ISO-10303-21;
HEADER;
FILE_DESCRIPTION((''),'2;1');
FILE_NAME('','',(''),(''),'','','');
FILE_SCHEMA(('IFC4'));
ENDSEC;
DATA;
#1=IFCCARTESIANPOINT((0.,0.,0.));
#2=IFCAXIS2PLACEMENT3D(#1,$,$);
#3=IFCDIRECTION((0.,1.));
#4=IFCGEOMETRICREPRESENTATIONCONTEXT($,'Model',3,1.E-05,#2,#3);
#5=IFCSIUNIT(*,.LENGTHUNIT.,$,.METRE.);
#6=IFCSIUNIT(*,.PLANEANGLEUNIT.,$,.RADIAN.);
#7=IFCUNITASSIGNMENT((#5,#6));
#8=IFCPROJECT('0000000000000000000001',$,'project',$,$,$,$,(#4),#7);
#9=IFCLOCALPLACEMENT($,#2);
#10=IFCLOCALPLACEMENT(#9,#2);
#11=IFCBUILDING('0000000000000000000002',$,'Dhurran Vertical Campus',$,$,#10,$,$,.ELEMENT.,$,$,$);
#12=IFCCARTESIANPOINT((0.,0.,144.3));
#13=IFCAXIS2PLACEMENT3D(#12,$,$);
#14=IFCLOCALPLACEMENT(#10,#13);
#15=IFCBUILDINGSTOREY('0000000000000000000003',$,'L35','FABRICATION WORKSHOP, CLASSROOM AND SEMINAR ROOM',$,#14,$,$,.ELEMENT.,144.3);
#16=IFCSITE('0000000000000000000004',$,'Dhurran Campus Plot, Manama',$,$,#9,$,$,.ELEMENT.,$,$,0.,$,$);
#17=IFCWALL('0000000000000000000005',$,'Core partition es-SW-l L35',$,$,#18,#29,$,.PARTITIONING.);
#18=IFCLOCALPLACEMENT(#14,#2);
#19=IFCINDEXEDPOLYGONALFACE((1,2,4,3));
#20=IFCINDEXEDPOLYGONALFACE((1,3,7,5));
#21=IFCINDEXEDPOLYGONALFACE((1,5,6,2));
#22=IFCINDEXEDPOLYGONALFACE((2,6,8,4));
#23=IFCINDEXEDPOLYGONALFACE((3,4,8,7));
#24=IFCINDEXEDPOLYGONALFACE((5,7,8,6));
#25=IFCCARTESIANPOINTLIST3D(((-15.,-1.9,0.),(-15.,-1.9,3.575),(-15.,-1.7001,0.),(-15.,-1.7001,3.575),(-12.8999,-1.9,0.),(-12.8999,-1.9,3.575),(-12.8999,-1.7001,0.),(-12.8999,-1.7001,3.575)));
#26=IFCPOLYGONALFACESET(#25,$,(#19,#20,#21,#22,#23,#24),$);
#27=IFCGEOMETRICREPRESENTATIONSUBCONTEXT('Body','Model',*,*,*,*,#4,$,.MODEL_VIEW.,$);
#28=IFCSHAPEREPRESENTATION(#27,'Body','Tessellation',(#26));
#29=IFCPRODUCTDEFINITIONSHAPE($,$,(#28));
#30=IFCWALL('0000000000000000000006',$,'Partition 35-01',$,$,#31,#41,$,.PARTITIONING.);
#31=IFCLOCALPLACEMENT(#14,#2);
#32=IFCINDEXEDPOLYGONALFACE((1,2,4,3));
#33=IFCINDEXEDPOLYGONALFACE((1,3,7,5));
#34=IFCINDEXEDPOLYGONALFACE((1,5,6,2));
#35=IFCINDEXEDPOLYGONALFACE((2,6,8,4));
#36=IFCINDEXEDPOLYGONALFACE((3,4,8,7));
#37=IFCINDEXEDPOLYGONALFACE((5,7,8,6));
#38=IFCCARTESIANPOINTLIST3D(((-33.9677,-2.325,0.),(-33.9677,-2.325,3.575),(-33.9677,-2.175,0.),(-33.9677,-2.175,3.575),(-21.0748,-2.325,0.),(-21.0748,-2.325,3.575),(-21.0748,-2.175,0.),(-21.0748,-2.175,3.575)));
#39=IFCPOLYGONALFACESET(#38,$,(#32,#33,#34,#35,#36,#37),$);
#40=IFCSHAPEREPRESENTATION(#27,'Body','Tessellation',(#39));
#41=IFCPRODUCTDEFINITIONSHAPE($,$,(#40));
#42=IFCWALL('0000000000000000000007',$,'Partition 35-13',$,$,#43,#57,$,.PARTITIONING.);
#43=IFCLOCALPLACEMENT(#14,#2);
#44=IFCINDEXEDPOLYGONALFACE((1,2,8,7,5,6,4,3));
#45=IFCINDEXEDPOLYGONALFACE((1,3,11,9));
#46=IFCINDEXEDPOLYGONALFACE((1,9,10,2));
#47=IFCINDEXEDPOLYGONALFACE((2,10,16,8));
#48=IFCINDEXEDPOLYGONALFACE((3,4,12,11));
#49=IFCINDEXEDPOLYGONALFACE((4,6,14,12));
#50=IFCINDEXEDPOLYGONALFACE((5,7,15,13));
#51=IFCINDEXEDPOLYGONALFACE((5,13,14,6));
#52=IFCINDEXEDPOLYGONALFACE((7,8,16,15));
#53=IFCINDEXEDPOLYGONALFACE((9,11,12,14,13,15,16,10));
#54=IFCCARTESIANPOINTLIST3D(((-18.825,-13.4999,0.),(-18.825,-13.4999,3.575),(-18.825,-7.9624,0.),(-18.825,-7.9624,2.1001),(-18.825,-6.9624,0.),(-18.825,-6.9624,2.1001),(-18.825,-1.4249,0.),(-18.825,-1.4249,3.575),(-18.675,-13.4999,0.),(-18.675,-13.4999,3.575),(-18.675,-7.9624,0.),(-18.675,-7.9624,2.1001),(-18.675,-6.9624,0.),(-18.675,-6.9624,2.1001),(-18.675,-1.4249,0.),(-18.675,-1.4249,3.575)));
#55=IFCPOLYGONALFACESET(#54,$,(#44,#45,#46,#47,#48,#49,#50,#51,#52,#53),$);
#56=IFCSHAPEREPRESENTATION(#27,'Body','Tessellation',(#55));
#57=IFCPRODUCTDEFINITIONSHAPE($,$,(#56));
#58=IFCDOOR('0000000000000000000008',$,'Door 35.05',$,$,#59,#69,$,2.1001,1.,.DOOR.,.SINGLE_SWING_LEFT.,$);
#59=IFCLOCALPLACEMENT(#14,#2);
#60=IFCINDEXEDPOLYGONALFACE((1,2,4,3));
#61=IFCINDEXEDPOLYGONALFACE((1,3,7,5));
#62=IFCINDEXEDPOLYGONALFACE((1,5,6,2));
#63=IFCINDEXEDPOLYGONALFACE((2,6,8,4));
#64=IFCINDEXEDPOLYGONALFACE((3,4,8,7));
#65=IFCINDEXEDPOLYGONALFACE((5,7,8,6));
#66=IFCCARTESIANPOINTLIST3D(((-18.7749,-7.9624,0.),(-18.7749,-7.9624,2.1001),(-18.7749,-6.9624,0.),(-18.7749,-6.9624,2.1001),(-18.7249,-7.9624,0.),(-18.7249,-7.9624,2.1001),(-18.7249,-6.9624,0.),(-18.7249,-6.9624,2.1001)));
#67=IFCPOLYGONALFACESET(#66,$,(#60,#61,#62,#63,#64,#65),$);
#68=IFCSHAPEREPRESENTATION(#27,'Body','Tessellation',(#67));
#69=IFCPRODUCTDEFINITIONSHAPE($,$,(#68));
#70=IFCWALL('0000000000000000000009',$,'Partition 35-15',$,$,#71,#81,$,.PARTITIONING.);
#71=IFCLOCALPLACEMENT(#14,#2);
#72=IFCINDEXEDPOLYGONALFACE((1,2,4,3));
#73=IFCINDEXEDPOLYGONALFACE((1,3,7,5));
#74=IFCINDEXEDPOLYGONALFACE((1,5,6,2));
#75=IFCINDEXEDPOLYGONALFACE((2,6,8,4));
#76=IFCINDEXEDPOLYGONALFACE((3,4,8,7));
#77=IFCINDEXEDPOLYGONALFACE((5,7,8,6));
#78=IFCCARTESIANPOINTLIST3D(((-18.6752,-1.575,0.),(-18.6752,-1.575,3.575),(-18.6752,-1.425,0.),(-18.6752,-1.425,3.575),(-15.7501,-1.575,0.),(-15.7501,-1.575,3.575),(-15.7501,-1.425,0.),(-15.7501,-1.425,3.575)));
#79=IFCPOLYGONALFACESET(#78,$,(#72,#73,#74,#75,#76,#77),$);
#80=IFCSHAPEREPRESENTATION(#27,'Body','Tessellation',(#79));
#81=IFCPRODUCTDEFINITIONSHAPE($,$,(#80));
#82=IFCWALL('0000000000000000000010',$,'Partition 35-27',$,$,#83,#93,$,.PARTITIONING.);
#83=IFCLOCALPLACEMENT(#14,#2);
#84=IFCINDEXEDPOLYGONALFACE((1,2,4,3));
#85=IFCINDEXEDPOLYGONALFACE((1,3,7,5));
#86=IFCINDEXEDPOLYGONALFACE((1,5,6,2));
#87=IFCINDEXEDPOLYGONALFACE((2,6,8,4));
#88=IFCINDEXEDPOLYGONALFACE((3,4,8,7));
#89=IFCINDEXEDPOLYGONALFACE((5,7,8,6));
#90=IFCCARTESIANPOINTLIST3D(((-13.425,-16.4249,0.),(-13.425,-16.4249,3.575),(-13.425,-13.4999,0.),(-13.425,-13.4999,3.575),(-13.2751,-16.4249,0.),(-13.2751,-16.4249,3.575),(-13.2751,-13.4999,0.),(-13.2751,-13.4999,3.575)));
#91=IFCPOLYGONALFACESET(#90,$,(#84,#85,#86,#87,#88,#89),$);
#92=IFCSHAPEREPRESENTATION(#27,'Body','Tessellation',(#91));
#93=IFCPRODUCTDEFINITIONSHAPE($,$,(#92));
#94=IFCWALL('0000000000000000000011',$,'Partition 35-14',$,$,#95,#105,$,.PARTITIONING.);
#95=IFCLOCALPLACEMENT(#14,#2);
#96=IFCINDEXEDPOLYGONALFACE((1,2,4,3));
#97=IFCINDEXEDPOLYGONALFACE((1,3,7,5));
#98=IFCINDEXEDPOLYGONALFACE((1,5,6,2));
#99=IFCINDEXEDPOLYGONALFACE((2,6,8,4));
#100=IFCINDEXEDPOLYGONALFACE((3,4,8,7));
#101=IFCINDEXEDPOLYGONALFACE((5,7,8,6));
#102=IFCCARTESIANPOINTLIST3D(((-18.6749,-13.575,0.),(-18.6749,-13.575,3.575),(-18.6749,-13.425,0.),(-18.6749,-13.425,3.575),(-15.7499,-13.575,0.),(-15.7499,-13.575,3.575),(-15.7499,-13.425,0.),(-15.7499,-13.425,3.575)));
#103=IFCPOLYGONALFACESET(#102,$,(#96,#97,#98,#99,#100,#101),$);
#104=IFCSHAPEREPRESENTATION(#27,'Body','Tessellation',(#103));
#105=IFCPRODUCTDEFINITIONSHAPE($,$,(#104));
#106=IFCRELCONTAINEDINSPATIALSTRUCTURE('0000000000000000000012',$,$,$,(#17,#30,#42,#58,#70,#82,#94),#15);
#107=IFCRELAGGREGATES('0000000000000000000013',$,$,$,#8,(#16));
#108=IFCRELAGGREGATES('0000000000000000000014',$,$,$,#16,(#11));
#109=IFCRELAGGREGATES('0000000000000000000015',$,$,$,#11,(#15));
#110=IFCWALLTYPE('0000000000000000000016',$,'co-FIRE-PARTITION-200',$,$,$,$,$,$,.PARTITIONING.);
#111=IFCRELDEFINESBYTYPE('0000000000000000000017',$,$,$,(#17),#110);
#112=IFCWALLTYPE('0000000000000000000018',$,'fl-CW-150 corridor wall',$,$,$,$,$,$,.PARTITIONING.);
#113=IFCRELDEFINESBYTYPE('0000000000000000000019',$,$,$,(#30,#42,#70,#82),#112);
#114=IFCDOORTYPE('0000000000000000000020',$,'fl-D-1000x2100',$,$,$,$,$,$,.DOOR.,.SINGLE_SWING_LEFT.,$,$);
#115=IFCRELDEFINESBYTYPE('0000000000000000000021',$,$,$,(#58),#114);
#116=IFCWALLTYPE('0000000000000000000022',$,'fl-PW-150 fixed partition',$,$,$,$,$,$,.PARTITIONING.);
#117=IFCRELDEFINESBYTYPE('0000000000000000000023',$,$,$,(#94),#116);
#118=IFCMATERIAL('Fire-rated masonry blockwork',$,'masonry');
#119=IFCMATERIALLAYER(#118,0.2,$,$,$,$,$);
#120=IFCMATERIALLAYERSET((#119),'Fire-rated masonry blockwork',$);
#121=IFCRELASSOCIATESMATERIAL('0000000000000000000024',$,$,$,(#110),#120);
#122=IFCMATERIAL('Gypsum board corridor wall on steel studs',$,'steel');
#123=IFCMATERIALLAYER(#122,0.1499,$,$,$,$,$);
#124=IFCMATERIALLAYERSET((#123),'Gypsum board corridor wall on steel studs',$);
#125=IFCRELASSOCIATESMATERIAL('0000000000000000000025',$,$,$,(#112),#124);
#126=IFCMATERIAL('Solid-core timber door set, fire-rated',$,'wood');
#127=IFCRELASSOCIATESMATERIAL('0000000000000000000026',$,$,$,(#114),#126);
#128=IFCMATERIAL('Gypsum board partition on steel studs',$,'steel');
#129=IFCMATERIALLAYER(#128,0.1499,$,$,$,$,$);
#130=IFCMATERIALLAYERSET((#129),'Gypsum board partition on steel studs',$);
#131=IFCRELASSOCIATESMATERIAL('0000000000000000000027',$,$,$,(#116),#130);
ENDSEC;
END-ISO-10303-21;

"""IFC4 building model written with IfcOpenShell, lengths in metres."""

from ifc_helpers import new_model, si_unit, direction, frame, frame_2d, origin, place, context, subcontext, project, spatial, rectangle, extrude, material, layer, layer_set, type_object, element, fill, save


model = new_model("IFC4")

# Units and contexts
model_context = context("Model", 3, precision=1e-05, world=origin(), true_north=direction((0.0, 1.0)))
body_context = subcontext(model_context, "Body", "Model", "MODEL_VIEW")
ifc_project = project(units=[si_unit("LENGTHUNIT", "METRE"), si_unit("PLANEANGLEUNIT", "RADIAN")], contexts=[model_context])

# Site, building, storey
site_placement = place(None, origin())
site = spatial("IfcSite", under=ifc_project, at=site_placement, Name="Dhurran Campus Plot, Manama", CompositionType="ELEMENT", RefElevation=0.0)
building_placement = place(site_placement, origin())
building = spatial("IfcBuilding", under=site, at=building_placement, Name="Dhurran Vertical Campus", CompositionType="ELEMENT")
storey_placement = place(building_placement, frame((0.0, 0.0, 144.3)))
storey = spatial("IfcBuildingStorey", under=building, at=storey_placement, Name="L35", Description="FABRICATION WORKSHOP, CLASSROOM AND SEMINAR ROOM", CompositionType="ELEMENT", Elevation=144.3)

# Shared definitions
ifc_material_1 = material(Name="Fire-rated masonry blockwork", Category="masonry")
ifc_layer_1 = layer(ifc_material_1, 0.2)
ifc_layer_set_1 = layer_set([ifc_layer_1], Name="Fire-rated masonry blockwork")
wall_type_1 = type_object("IfcWallType", Name="co-FIRE-PARTITION-200", PredefinedType="PARTITIONING", material=ifc_layer_set_1)

# Walls
wall_1_placement = place(storey_placement, frame((-15.0, -1.8, 0.0), z_axis=(0.0, 0.0, 1.0), x_axis=(1.0, 0.0, 0.0)))
element("IfcWall", 1, at=wall_1_placement, inside=storey, type_object=wall_type_1, Name="Core partition es-SW-l L35", PredefinedType="PARTITIONING", context=body_context, shape_type="SweptSolid", body=[
    extrude(rectangle(XDim=2.1001, YDim=0.2, at=frame_2d((1.05, 0.0))), origin(), (0.0, 0.0, 1.0), 3.575),
])
ifc_material_2 = material(Name="Gypsum board corridor wall on steel studs", Category="steel")
ifc_layer_2 = layer(ifc_material_2, 0.1499)
ifc_layer_set_2 = layer_set([ifc_layer_2], Name="Gypsum board corridor wall on steel studs")
wall_type_2 = type_object("IfcWallType", Name="fl-CW-150 corridor wall", PredefinedType="PARTITIONING", material=ifc_layer_set_2)
wall_2_placement = place(storey_placement, frame((-21.075, -2.25, 0.0), z_axis=(0.0, 0.0, 1.0), x_axis=(-1.0, 0.0, 0.0)))
element("IfcWall", 2, at=wall_2_placement, inside=storey, type_object=wall_type_2, Name="Partition 35-01", PredefinedType="PARTITIONING", context=body_context, shape_type="SweptSolid", body=[
    extrude(rectangle(XDim=12.8928, YDim=0.1499, at=frame_2d((6.4463, 0.0))), origin(), (0.0, 0.0, 1.0), 3.575),
])

# Wall, opening, door
wall_3_placement = place(storey_placement, frame((-18.75, -13.5, 0.0), z_axis=(0.0, 0.0, 1.0), x_axis=(0.0, 1.0, 0.0)))
wall_3 = element("IfcWall", 3, at=wall_3_placement, inside=storey, type_object=wall_type_2, Name="Partition 35-13", PredefinedType="PARTITIONING", context=body_context, shape_type="SweptSolid", body=[
    extrude(rectangle(XDim=12.075, YDim=0.1499, at=frame_2d((6.0376, 0.0))), origin(), (0.0, 0.0, 1.0), 3.575),
])
opening_1_placement = place(wall_3_placement, frame((5.5376, 0.0, 0.0)))
opening_1 = element("IfcOpeningElement", 4, at=opening_1_placement, cuts=wall_3, PredefinedType="OPENING", context=body_context, shape_type="SweptSolid", body=[
    extrude(rectangle(XDim=1.0, YDim=2.1001, at=frame_2d((0.5, 1.05))), frame((0.0, 0.085, 0.0), z_axis=(0.0, -1.0, 0.0), x_axis=(1.0, 0.0, 0.0)), (0.0, 0.0, 1.0), 0.1699),
])
ifc_material_3 = material(Name="Solid-core timber door set, fire-rated", Category="wood")
door_type_1 = type_object("IfcDoorType", Name="fl-D-1000x2100", OperationType="SINGLE_SWING_LEFT", PredefinedType="DOOR", material=ifc_material_3)
door_1_placement = place(opening_1_placement, origin())
door_1 = element("IfcDoor", 5, at=door_1_placement, inside=storey, type_object=door_type_1, Name="Door 35.05", OperationType="SINGLE_SWING_LEFT", OverallHeight=2.1001, OverallWidth=1.0, PredefinedType="DOOR", context=body_context, shape_type="SweptSolid", body=[
    extrude(rectangle(XDim=1.0, YDim=2.1001, at=frame_2d((0.5, 1.05))), frame((0.0, 0.0249, 0.0), z_axis=(0.0, -1.0, 0.0), x_axis=(1.0, 0.0, 0.0)), (0.0, 0.0, 1.0), 0.05),
])
fill(opening_1, door_1)

# Walls
for number, where, z_axis, x_axis, name in (
    (6, (-18.675, -1.5, 0.0), (0.0, 0.0, 1.0), (1.0, 0.0, 0.0), "Partition 35-15"),
    (7, (-13.3501, -13.5, 0.0), (0.0, 0.0, 1.0), (0.0, -1.0, 0.0), "Partition 35-27"),
):
    element("IfcWall", number, at=place(storey_placement, frame(where, z_axis=z_axis, x_axis=x_axis)), inside=storey, type_object=wall_type_2, Name=name, PredefinedType="PARTITIONING", context=body_context, shape_type="SweptSolid", body=[
        extrude(rectangle(XDim=2.925, YDim=0.1499, at=frame_2d((1.4624, 0.0))), origin(), (0.0, 0.0, 1.0), 3.575),
    ])
ifc_material_4 = material(Name="Gypsum board partition on steel studs", Category="steel")
ifc_layer_3 = layer(ifc_material_4, 0.1499)
ifc_layer_set_3 = layer_set([ifc_layer_3], Name="Gypsum board partition on steel studs")
wall_type_3 = type_object("IfcWallType", Name="fl-PW-150 fixed partition", PredefinedType="PARTITIONING", material=ifc_layer_set_3)
wall_4_placement = place(storey_placement, frame((-15.75, -13.5, 0.0), z_axis=(0.0, 0.0, 1.0), x_axis=(-1.0, 0.0, 0.0)))
element("IfcWall", 8, at=wall_4_placement, inside=storey, type_object=wall_type_3, Name="Partition 35-14", PredefinedType="PARTITIONING", context=body_context, shape_type="SweptSolid", body=[
    extrude(rectangle(XDim=2.925, YDim=0.1499, at=frame_2d((1.4624, 0.0))), origin(), (0.0, 0.0, 1.0), 3.575),
])

save(model, "model.ifc")
